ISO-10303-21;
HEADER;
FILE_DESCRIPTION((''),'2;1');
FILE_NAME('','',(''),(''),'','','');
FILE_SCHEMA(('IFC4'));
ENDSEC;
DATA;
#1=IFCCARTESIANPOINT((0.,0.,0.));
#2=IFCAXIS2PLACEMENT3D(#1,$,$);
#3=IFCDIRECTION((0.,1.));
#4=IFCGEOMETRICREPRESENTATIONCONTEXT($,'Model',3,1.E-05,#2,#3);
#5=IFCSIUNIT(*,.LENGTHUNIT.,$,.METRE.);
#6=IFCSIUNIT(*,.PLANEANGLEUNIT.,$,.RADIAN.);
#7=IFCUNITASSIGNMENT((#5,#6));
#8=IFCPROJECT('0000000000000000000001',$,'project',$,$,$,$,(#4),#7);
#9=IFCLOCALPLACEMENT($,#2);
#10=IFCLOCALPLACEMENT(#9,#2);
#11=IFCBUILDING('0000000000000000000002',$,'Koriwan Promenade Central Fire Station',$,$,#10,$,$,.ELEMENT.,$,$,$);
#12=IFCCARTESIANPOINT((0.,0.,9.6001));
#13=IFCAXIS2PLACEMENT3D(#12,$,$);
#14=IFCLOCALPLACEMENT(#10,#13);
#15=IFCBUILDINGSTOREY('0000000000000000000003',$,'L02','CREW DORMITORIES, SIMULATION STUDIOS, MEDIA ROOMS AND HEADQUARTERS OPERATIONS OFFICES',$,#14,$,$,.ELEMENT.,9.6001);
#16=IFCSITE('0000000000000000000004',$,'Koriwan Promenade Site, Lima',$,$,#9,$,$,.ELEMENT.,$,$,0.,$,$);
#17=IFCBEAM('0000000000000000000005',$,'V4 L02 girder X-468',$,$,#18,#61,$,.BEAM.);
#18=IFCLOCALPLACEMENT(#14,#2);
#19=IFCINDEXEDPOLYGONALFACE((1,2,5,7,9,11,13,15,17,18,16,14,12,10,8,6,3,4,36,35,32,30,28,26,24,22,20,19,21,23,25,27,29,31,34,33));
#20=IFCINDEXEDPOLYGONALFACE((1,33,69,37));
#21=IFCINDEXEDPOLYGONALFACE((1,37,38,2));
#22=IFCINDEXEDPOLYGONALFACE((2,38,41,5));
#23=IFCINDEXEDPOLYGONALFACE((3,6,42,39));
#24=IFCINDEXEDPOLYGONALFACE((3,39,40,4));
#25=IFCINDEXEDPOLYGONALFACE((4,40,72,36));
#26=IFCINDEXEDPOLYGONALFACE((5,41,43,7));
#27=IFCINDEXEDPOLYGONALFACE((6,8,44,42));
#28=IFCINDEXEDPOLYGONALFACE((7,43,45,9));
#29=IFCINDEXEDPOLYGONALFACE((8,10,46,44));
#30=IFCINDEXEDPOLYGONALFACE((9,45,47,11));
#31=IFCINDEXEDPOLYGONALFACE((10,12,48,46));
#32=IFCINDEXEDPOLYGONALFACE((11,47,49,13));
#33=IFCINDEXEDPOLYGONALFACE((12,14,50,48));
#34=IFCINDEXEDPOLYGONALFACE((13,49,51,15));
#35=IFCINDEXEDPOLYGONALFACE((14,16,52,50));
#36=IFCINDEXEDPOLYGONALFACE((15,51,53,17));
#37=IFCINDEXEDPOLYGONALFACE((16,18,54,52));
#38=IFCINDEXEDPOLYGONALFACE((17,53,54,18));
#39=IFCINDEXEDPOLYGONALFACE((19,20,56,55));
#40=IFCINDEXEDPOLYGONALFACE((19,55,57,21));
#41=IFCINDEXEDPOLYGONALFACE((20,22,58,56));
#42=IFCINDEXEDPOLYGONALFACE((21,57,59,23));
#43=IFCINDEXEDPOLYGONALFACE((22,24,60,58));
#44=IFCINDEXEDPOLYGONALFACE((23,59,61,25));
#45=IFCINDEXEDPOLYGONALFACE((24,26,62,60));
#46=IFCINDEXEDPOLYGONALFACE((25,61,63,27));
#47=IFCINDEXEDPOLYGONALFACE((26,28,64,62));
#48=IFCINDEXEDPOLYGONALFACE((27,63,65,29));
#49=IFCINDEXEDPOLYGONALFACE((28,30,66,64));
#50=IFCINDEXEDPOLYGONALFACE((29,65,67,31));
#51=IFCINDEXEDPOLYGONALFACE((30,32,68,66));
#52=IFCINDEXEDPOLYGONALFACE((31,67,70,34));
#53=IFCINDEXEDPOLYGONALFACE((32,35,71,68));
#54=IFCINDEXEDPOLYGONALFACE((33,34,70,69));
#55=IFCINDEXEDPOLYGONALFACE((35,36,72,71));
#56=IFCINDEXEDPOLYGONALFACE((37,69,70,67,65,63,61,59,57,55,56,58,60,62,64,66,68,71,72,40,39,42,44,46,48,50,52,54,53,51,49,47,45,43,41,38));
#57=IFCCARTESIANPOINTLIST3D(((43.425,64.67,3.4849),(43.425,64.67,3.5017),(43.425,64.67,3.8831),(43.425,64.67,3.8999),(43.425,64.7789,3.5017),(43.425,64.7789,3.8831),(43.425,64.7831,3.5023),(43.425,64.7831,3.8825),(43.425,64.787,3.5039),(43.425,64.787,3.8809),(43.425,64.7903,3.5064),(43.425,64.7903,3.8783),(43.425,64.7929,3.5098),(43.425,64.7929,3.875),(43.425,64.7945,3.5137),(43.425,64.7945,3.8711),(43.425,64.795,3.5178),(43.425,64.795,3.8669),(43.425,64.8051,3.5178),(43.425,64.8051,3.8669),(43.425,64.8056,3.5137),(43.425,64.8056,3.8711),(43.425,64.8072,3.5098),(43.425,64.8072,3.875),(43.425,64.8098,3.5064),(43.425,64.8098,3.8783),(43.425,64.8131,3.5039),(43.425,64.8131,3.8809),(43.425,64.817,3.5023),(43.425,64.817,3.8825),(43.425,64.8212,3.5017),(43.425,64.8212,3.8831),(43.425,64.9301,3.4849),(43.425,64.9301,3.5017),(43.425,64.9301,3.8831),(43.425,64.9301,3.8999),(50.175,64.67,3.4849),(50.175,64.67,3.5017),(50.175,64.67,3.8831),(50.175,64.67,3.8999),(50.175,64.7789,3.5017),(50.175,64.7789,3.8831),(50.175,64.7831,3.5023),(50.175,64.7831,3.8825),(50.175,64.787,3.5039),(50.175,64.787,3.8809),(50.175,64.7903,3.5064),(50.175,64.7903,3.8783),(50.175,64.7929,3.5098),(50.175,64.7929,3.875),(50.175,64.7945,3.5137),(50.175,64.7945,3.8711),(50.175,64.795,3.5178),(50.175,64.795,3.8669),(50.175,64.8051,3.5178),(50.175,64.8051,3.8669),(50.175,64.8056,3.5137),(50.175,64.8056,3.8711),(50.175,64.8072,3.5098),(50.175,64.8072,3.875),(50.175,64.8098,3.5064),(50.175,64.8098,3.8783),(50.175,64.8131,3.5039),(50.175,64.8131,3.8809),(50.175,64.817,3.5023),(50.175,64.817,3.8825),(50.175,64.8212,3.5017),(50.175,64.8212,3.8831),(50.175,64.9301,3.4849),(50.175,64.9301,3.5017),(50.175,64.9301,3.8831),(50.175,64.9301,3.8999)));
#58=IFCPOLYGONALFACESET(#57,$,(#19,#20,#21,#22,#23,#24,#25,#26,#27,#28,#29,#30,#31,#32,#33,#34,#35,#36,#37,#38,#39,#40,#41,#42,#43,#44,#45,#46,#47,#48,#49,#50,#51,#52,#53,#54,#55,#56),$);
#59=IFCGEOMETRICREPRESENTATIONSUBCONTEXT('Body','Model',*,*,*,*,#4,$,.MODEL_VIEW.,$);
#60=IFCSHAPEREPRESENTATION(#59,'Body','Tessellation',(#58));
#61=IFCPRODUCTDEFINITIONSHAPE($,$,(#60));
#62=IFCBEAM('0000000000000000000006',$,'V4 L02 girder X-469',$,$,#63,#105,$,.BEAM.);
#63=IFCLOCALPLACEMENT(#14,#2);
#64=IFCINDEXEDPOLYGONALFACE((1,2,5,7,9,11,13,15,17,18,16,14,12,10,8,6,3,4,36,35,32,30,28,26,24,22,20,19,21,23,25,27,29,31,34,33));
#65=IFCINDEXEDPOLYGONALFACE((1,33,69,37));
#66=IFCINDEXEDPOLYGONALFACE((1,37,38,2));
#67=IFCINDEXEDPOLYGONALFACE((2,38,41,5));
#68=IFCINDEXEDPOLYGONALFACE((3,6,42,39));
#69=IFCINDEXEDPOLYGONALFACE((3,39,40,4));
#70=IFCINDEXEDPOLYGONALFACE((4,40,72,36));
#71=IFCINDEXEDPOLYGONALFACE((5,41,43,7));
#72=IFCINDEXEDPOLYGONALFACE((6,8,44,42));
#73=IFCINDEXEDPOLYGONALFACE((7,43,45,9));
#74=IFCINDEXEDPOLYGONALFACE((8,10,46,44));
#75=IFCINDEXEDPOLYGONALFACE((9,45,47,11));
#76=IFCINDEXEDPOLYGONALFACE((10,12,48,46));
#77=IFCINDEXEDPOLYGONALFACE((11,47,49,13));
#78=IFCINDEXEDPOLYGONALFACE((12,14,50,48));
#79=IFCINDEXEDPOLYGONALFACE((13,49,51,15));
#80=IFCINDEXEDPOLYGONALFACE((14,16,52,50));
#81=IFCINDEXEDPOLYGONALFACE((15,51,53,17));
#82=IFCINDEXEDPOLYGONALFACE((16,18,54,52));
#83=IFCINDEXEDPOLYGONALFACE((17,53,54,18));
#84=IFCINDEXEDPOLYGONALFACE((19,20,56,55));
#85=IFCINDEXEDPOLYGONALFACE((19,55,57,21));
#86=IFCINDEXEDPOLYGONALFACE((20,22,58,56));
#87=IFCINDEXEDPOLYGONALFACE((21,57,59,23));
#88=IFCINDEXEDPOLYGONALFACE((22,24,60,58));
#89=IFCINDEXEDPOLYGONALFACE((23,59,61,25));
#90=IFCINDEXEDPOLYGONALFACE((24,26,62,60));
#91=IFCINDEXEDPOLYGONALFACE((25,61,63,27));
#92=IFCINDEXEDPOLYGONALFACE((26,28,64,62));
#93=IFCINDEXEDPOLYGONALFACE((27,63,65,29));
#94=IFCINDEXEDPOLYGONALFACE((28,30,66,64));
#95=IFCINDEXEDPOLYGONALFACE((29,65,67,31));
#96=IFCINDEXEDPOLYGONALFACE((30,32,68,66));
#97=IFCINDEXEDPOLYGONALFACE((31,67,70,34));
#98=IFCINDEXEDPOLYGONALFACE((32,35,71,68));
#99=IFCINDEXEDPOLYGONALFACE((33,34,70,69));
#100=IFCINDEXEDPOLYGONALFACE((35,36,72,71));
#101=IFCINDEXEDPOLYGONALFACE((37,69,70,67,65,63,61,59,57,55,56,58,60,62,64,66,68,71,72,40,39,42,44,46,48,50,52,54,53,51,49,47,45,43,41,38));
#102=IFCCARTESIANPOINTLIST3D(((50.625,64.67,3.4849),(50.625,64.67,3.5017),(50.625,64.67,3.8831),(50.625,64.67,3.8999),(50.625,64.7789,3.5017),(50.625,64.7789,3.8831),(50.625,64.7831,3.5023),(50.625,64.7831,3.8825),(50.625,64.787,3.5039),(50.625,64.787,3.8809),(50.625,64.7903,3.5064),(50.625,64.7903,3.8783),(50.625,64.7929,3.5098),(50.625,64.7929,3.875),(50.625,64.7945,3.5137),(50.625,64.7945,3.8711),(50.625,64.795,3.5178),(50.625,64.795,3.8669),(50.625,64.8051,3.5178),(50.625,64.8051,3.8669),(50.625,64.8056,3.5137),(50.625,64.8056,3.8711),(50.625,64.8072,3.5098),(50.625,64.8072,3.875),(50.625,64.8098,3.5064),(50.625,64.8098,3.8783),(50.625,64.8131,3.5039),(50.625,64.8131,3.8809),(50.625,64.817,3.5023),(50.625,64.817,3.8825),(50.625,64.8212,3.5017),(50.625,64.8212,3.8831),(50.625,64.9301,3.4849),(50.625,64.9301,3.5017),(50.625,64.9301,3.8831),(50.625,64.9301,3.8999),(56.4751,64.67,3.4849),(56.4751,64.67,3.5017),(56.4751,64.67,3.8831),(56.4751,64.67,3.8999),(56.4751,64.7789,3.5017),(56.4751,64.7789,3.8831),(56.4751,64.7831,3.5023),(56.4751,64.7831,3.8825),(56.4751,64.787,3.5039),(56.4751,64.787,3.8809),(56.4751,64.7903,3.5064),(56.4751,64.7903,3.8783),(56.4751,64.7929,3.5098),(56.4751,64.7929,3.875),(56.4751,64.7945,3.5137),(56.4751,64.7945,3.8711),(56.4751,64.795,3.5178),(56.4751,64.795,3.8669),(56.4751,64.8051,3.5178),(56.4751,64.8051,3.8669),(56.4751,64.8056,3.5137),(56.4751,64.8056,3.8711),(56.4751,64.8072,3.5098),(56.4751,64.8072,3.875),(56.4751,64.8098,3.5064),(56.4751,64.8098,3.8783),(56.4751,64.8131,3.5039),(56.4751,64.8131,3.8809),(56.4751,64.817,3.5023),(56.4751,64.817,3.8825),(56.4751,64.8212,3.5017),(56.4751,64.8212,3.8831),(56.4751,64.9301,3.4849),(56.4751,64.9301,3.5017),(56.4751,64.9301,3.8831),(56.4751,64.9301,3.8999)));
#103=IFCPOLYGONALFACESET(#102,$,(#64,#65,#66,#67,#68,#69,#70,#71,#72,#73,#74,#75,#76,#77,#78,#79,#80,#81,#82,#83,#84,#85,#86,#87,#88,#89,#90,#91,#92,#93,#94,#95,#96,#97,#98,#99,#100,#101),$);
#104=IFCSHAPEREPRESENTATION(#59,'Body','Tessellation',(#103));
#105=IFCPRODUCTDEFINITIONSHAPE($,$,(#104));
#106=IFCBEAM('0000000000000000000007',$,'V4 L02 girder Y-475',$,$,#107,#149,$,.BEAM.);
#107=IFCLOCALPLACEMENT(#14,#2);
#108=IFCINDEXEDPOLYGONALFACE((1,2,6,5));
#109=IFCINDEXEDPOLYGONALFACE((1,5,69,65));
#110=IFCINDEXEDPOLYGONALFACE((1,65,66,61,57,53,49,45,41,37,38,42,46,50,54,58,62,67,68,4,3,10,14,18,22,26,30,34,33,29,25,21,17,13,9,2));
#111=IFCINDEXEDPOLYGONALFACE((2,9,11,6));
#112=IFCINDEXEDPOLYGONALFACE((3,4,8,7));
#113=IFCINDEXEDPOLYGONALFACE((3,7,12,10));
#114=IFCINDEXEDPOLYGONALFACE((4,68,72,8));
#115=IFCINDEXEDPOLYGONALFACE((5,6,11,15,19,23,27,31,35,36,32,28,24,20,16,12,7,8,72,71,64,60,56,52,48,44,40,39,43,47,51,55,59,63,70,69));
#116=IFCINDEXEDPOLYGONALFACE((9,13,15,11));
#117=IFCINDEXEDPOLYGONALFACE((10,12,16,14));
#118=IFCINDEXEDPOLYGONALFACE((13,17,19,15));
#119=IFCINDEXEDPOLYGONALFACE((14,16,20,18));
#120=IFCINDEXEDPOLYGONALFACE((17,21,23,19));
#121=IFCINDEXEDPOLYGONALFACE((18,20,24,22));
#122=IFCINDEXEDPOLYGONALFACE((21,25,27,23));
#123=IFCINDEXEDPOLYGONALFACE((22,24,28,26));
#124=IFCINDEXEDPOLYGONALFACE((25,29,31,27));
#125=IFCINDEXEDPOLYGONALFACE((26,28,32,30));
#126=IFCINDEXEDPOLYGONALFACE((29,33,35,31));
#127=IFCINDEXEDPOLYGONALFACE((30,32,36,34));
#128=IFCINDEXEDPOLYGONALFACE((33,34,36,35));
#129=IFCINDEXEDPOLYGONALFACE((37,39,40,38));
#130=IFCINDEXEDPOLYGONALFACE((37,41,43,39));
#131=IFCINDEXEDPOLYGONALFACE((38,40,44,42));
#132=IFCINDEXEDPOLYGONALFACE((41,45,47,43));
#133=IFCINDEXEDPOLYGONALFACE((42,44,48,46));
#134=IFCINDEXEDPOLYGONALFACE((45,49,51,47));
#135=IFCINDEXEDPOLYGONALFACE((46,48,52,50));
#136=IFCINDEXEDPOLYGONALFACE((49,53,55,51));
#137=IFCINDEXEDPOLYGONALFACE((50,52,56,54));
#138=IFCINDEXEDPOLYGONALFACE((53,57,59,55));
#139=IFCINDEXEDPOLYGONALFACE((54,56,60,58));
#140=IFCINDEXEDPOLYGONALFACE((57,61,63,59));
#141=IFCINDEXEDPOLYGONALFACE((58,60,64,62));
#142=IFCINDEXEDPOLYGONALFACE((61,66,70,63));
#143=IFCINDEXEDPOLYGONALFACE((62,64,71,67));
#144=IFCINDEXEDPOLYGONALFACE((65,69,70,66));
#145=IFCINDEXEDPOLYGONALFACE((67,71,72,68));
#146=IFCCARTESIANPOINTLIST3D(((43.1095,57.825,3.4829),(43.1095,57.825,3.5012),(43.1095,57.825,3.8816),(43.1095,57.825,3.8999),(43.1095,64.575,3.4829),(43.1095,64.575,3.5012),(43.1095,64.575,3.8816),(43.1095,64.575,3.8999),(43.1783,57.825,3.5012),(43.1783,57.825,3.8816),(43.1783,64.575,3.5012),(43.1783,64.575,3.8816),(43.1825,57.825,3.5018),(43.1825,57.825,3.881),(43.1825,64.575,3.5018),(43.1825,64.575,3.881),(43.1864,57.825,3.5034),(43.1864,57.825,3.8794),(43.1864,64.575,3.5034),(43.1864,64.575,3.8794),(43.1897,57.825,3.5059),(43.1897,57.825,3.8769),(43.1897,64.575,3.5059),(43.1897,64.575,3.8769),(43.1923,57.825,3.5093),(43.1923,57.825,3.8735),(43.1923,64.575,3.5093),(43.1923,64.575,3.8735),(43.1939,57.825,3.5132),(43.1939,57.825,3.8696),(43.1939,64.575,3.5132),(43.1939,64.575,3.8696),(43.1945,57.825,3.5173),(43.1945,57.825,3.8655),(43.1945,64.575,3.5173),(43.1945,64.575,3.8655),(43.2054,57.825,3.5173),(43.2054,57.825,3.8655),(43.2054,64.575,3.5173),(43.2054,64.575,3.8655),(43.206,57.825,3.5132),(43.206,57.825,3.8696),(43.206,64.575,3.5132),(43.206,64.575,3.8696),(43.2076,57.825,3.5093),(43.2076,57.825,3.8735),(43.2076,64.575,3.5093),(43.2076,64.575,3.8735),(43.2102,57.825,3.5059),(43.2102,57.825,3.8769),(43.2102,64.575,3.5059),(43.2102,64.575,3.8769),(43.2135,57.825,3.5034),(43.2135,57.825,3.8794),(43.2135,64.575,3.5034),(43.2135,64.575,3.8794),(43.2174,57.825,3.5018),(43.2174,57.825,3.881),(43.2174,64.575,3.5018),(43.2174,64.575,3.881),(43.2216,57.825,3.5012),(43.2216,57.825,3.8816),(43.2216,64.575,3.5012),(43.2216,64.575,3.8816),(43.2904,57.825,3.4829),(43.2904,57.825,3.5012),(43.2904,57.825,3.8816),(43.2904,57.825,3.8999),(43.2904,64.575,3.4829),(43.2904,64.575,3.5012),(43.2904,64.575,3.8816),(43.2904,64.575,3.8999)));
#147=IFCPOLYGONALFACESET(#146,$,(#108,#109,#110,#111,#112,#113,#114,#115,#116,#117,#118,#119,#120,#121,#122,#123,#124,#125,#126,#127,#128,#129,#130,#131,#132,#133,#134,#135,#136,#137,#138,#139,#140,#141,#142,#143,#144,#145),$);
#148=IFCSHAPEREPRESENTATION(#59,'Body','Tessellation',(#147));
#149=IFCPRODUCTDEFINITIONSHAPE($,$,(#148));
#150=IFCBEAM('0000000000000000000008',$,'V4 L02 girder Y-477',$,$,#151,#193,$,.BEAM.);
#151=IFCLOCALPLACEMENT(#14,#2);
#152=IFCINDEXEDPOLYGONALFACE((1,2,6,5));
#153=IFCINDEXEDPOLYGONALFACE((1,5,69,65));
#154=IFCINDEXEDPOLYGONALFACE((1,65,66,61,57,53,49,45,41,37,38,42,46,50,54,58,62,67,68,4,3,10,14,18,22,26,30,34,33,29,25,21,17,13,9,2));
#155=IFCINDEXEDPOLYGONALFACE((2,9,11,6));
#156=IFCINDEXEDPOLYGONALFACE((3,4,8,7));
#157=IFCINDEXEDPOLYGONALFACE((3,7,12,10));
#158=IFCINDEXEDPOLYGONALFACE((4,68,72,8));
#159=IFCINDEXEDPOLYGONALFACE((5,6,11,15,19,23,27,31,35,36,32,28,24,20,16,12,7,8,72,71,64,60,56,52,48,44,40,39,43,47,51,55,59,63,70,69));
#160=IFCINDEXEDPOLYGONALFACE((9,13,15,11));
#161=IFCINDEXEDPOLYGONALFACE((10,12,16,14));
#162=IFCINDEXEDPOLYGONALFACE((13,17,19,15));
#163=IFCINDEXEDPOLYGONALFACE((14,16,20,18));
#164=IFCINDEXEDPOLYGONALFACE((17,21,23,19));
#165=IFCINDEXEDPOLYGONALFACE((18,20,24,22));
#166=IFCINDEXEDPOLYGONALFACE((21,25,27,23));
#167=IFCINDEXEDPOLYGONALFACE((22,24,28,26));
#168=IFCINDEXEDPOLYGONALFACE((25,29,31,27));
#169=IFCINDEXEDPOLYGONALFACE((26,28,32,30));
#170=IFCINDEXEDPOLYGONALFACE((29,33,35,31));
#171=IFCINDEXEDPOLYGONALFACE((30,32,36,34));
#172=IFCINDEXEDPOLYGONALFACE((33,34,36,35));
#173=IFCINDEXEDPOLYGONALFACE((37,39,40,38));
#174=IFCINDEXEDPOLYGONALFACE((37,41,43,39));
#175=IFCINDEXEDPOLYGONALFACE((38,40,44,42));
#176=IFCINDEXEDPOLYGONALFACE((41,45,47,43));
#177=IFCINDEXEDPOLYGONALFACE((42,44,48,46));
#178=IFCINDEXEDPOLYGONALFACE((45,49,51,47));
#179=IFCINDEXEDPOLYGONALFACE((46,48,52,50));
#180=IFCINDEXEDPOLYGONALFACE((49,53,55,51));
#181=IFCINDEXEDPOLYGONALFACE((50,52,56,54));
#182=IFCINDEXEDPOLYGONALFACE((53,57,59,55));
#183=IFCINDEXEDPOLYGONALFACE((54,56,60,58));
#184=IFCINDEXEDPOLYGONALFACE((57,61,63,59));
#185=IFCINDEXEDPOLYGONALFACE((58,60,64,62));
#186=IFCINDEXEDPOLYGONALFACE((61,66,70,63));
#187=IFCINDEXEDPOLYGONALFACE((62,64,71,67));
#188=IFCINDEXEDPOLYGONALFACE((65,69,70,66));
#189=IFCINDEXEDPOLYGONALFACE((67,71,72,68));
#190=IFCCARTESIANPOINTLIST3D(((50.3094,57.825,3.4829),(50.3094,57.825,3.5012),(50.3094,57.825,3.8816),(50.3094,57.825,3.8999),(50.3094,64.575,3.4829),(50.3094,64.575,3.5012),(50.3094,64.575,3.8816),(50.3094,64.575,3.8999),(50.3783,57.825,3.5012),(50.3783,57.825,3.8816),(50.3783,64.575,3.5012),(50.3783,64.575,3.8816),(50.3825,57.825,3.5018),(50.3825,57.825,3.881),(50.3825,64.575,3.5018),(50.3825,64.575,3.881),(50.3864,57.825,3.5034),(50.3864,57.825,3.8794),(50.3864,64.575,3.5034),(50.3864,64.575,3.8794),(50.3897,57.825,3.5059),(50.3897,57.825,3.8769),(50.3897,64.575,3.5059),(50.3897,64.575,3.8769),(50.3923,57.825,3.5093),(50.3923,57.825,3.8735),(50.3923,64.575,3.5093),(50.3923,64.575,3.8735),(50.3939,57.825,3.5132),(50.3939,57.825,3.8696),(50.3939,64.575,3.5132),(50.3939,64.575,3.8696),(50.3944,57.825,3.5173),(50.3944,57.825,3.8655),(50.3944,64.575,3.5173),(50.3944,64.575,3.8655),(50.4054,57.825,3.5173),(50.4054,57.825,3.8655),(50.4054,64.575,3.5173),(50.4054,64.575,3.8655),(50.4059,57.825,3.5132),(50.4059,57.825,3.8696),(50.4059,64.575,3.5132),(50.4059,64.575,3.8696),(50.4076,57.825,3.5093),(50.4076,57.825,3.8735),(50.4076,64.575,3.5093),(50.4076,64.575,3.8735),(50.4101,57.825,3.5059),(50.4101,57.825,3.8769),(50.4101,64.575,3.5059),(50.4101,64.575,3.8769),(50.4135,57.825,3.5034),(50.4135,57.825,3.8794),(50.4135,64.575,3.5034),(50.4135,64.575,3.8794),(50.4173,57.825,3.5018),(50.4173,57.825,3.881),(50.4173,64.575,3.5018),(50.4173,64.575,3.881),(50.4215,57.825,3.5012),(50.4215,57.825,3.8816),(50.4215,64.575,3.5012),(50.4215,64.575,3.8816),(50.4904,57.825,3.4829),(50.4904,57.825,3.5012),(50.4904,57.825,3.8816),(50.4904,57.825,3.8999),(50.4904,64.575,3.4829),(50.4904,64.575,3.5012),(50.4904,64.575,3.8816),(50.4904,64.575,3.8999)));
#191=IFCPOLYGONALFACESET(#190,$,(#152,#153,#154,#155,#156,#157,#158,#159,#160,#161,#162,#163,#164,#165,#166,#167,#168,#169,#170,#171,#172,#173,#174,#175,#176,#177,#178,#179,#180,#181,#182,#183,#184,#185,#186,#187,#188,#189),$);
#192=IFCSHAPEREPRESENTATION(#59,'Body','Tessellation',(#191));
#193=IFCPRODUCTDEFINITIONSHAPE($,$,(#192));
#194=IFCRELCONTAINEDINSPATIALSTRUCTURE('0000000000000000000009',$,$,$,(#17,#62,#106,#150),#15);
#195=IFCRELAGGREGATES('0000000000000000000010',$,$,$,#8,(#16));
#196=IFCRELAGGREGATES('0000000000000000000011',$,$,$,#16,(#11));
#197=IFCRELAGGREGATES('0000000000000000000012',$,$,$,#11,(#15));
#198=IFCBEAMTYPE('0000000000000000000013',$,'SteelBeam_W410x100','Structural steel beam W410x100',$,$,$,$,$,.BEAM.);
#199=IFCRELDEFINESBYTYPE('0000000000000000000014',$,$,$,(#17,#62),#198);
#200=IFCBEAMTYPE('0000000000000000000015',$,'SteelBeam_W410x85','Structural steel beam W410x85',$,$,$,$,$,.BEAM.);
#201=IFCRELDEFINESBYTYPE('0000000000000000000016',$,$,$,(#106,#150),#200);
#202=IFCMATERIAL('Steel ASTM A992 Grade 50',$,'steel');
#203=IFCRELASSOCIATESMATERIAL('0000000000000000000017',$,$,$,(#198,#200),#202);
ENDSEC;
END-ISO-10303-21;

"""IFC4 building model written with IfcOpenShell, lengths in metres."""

from ifc_helpers import new_model, si_unit, direction, frame, origin, origin_2d, place, context, subcontext, project, spatial, i_section, extrude, material, material_profile, profile_set, type_object, element, save


model = new_model("IFC4")

# Units and contexts
model_context = context("Model", 3, precision=1e-05, world=origin(), true_north=direction((0.0, 1.0)))
body_context = subcontext(model_context, "Body", "Model", "MODEL_VIEW")
ifc_project = project(units=[si_unit("LENGTHUNIT", "METRE"), si_unit("PLANEANGLEUNIT", "RADIAN")], contexts=[model_context])

# Site, building, storey
site_placement = place(None, origin())
site = spatial("IfcSite", under=ifc_project, at=site_placement, Name="Koriwan Promenade Site, Lima", CompositionType="ELEMENT", RefElevation=0.0)
building_placement = place(site_placement, origin())
building = spatial("IfcBuilding", under=site, at=building_placement, Name="Koriwan Promenade Central Fire Station", CompositionType="ELEMENT")
storey_placement = place(building_placement, frame((0.0, 0.0, 9.6001)))
storey = spatial("IfcBuildingStorey", under=building, at=storey_placement, Name="L02", Description="CREW DORMITORIES, SIMULATION STUDIOS, MEDIA ROOMS AND HEADQUARTERS OPERATIONS OFFICES", CompositionType="ELEMENT", Elevation=9.6001)

# Shared definitions
ifc_material_1 = material(Name="Steel ASTM A992 Grade 50", Category="steel")

# Beams
ifc_material_profile_1 = material_profile(ifc_material_1, i_section(OverallWidth=0.26, OverallDepth=0.415, WebThickness=0.01, FlangeThickness=0.0168, FilletRadius=0.0161, at=origin_2d()), Name="W410x100")
ifc_profile_set_1 = profile_set([ifc_material_profile_1], Name="Steel ASTM A992 Grade 50")
beam_type_1 = type_object("IfcBeamType", Name="SteelBeam_W410x100", Description="Structural steel beam W410x100", PredefinedType="BEAM", material=ifc_profile_set_1)
for number, where, z_axis, x_axis, name in (
    (1, (43.425, 64.8, 3.6924), (1.0, 0.0, 0.0), (0.0, 1.0, 0.0), "V4 L02 girder X-468"),
):
    element("IfcBeam", number, at=place(storey_placement, frame(where, z_axis=z_axis, x_axis=x_axis)), inside=storey, type_object=beam_type_1, Name=name, PredefinedType="BEAM", context=body_context, shape_type="SweptSolid", body=[
        extrude(i_section(OverallWidth=0.26, OverallDepth=0.415, WebThickness=0.01, FlangeThickness=0.0168, FilletRadius=0.0161, at=origin_2d()), origin(), (0.0, 0.0, 1.0), 6.75),
    ])
beam_placement = place(storey_placement, frame((50.625, 64.8, 3.6924), z_axis=(1.0, 0.0, 0.0), x_axis=(0.0, 1.0, 0.0)))
element("IfcBeam", 2, at=beam_placement, inside=storey, type_object=beam_type_1, Name="V4 L02 girder X-469", PredefinedType="BEAM", context=body_context, shape_type="SweptSolid", body=[
    extrude(i_section(OverallWidth=0.26, OverallDepth=0.415, WebThickness=0.01, FlangeThickness=0.0168, FilletRadius=0.0161, at=origin_2d()), origin(), (0.0, 0.0, 1.0), 5.8501),
])
ifc_material_profile_2 = material_profile(ifc_material_1, i_section(OverallWidth=0.1809, OverallDepth=0.417, WebThickness=0.011, FlangeThickness=0.0183, FilletRadius=0.0161, at=origin_2d()), Name="W410x85")
ifc_profile_set_2 = profile_set([ifc_material_profile_2], Name="Steel ASTM A992 Grade 50")
beam_type_2 = type_object("IfcBeamType", Name="SteelBeam_W410x85", Description="Structural steel beam W410x85", PredefinedType="BEAM", material=ifc_profile_set_2)
for number, where, z_axis, x_axis, name in (
    (3, (43.2, 57.825, 3.6914), (0.0, 1.0, 0.0), (-1.0, 0.0, 0.0), "V4 L02 girder Y-475"),
    (4, (50.3999, 57.825, 3.6914), (0.0, 1.0, 0.0), (-1.0, 0.0, 0.0), "V4 L02 girder Y-477"),
):
    element("IfcBeam", number, at=place(storey_placement, frame(where, z_axis=z_axis, x_axis=x_axis)), inside=storey, type_object=beam_type_2, Name=name, PredefinedType="BEAM", context=body_context, shape_type="SweptSolid", body=[
        extrude(i_section(OverallWidth=0.1809, OverallDepth=0.417, WebThickness=0.011, FlangeThickness=0.0183, FilletRadius=0.0161, at=origin_2d()), origin(), (0.0, 0.0, 1.0), 6.75),
    ])

save(model, "model.ifc")
